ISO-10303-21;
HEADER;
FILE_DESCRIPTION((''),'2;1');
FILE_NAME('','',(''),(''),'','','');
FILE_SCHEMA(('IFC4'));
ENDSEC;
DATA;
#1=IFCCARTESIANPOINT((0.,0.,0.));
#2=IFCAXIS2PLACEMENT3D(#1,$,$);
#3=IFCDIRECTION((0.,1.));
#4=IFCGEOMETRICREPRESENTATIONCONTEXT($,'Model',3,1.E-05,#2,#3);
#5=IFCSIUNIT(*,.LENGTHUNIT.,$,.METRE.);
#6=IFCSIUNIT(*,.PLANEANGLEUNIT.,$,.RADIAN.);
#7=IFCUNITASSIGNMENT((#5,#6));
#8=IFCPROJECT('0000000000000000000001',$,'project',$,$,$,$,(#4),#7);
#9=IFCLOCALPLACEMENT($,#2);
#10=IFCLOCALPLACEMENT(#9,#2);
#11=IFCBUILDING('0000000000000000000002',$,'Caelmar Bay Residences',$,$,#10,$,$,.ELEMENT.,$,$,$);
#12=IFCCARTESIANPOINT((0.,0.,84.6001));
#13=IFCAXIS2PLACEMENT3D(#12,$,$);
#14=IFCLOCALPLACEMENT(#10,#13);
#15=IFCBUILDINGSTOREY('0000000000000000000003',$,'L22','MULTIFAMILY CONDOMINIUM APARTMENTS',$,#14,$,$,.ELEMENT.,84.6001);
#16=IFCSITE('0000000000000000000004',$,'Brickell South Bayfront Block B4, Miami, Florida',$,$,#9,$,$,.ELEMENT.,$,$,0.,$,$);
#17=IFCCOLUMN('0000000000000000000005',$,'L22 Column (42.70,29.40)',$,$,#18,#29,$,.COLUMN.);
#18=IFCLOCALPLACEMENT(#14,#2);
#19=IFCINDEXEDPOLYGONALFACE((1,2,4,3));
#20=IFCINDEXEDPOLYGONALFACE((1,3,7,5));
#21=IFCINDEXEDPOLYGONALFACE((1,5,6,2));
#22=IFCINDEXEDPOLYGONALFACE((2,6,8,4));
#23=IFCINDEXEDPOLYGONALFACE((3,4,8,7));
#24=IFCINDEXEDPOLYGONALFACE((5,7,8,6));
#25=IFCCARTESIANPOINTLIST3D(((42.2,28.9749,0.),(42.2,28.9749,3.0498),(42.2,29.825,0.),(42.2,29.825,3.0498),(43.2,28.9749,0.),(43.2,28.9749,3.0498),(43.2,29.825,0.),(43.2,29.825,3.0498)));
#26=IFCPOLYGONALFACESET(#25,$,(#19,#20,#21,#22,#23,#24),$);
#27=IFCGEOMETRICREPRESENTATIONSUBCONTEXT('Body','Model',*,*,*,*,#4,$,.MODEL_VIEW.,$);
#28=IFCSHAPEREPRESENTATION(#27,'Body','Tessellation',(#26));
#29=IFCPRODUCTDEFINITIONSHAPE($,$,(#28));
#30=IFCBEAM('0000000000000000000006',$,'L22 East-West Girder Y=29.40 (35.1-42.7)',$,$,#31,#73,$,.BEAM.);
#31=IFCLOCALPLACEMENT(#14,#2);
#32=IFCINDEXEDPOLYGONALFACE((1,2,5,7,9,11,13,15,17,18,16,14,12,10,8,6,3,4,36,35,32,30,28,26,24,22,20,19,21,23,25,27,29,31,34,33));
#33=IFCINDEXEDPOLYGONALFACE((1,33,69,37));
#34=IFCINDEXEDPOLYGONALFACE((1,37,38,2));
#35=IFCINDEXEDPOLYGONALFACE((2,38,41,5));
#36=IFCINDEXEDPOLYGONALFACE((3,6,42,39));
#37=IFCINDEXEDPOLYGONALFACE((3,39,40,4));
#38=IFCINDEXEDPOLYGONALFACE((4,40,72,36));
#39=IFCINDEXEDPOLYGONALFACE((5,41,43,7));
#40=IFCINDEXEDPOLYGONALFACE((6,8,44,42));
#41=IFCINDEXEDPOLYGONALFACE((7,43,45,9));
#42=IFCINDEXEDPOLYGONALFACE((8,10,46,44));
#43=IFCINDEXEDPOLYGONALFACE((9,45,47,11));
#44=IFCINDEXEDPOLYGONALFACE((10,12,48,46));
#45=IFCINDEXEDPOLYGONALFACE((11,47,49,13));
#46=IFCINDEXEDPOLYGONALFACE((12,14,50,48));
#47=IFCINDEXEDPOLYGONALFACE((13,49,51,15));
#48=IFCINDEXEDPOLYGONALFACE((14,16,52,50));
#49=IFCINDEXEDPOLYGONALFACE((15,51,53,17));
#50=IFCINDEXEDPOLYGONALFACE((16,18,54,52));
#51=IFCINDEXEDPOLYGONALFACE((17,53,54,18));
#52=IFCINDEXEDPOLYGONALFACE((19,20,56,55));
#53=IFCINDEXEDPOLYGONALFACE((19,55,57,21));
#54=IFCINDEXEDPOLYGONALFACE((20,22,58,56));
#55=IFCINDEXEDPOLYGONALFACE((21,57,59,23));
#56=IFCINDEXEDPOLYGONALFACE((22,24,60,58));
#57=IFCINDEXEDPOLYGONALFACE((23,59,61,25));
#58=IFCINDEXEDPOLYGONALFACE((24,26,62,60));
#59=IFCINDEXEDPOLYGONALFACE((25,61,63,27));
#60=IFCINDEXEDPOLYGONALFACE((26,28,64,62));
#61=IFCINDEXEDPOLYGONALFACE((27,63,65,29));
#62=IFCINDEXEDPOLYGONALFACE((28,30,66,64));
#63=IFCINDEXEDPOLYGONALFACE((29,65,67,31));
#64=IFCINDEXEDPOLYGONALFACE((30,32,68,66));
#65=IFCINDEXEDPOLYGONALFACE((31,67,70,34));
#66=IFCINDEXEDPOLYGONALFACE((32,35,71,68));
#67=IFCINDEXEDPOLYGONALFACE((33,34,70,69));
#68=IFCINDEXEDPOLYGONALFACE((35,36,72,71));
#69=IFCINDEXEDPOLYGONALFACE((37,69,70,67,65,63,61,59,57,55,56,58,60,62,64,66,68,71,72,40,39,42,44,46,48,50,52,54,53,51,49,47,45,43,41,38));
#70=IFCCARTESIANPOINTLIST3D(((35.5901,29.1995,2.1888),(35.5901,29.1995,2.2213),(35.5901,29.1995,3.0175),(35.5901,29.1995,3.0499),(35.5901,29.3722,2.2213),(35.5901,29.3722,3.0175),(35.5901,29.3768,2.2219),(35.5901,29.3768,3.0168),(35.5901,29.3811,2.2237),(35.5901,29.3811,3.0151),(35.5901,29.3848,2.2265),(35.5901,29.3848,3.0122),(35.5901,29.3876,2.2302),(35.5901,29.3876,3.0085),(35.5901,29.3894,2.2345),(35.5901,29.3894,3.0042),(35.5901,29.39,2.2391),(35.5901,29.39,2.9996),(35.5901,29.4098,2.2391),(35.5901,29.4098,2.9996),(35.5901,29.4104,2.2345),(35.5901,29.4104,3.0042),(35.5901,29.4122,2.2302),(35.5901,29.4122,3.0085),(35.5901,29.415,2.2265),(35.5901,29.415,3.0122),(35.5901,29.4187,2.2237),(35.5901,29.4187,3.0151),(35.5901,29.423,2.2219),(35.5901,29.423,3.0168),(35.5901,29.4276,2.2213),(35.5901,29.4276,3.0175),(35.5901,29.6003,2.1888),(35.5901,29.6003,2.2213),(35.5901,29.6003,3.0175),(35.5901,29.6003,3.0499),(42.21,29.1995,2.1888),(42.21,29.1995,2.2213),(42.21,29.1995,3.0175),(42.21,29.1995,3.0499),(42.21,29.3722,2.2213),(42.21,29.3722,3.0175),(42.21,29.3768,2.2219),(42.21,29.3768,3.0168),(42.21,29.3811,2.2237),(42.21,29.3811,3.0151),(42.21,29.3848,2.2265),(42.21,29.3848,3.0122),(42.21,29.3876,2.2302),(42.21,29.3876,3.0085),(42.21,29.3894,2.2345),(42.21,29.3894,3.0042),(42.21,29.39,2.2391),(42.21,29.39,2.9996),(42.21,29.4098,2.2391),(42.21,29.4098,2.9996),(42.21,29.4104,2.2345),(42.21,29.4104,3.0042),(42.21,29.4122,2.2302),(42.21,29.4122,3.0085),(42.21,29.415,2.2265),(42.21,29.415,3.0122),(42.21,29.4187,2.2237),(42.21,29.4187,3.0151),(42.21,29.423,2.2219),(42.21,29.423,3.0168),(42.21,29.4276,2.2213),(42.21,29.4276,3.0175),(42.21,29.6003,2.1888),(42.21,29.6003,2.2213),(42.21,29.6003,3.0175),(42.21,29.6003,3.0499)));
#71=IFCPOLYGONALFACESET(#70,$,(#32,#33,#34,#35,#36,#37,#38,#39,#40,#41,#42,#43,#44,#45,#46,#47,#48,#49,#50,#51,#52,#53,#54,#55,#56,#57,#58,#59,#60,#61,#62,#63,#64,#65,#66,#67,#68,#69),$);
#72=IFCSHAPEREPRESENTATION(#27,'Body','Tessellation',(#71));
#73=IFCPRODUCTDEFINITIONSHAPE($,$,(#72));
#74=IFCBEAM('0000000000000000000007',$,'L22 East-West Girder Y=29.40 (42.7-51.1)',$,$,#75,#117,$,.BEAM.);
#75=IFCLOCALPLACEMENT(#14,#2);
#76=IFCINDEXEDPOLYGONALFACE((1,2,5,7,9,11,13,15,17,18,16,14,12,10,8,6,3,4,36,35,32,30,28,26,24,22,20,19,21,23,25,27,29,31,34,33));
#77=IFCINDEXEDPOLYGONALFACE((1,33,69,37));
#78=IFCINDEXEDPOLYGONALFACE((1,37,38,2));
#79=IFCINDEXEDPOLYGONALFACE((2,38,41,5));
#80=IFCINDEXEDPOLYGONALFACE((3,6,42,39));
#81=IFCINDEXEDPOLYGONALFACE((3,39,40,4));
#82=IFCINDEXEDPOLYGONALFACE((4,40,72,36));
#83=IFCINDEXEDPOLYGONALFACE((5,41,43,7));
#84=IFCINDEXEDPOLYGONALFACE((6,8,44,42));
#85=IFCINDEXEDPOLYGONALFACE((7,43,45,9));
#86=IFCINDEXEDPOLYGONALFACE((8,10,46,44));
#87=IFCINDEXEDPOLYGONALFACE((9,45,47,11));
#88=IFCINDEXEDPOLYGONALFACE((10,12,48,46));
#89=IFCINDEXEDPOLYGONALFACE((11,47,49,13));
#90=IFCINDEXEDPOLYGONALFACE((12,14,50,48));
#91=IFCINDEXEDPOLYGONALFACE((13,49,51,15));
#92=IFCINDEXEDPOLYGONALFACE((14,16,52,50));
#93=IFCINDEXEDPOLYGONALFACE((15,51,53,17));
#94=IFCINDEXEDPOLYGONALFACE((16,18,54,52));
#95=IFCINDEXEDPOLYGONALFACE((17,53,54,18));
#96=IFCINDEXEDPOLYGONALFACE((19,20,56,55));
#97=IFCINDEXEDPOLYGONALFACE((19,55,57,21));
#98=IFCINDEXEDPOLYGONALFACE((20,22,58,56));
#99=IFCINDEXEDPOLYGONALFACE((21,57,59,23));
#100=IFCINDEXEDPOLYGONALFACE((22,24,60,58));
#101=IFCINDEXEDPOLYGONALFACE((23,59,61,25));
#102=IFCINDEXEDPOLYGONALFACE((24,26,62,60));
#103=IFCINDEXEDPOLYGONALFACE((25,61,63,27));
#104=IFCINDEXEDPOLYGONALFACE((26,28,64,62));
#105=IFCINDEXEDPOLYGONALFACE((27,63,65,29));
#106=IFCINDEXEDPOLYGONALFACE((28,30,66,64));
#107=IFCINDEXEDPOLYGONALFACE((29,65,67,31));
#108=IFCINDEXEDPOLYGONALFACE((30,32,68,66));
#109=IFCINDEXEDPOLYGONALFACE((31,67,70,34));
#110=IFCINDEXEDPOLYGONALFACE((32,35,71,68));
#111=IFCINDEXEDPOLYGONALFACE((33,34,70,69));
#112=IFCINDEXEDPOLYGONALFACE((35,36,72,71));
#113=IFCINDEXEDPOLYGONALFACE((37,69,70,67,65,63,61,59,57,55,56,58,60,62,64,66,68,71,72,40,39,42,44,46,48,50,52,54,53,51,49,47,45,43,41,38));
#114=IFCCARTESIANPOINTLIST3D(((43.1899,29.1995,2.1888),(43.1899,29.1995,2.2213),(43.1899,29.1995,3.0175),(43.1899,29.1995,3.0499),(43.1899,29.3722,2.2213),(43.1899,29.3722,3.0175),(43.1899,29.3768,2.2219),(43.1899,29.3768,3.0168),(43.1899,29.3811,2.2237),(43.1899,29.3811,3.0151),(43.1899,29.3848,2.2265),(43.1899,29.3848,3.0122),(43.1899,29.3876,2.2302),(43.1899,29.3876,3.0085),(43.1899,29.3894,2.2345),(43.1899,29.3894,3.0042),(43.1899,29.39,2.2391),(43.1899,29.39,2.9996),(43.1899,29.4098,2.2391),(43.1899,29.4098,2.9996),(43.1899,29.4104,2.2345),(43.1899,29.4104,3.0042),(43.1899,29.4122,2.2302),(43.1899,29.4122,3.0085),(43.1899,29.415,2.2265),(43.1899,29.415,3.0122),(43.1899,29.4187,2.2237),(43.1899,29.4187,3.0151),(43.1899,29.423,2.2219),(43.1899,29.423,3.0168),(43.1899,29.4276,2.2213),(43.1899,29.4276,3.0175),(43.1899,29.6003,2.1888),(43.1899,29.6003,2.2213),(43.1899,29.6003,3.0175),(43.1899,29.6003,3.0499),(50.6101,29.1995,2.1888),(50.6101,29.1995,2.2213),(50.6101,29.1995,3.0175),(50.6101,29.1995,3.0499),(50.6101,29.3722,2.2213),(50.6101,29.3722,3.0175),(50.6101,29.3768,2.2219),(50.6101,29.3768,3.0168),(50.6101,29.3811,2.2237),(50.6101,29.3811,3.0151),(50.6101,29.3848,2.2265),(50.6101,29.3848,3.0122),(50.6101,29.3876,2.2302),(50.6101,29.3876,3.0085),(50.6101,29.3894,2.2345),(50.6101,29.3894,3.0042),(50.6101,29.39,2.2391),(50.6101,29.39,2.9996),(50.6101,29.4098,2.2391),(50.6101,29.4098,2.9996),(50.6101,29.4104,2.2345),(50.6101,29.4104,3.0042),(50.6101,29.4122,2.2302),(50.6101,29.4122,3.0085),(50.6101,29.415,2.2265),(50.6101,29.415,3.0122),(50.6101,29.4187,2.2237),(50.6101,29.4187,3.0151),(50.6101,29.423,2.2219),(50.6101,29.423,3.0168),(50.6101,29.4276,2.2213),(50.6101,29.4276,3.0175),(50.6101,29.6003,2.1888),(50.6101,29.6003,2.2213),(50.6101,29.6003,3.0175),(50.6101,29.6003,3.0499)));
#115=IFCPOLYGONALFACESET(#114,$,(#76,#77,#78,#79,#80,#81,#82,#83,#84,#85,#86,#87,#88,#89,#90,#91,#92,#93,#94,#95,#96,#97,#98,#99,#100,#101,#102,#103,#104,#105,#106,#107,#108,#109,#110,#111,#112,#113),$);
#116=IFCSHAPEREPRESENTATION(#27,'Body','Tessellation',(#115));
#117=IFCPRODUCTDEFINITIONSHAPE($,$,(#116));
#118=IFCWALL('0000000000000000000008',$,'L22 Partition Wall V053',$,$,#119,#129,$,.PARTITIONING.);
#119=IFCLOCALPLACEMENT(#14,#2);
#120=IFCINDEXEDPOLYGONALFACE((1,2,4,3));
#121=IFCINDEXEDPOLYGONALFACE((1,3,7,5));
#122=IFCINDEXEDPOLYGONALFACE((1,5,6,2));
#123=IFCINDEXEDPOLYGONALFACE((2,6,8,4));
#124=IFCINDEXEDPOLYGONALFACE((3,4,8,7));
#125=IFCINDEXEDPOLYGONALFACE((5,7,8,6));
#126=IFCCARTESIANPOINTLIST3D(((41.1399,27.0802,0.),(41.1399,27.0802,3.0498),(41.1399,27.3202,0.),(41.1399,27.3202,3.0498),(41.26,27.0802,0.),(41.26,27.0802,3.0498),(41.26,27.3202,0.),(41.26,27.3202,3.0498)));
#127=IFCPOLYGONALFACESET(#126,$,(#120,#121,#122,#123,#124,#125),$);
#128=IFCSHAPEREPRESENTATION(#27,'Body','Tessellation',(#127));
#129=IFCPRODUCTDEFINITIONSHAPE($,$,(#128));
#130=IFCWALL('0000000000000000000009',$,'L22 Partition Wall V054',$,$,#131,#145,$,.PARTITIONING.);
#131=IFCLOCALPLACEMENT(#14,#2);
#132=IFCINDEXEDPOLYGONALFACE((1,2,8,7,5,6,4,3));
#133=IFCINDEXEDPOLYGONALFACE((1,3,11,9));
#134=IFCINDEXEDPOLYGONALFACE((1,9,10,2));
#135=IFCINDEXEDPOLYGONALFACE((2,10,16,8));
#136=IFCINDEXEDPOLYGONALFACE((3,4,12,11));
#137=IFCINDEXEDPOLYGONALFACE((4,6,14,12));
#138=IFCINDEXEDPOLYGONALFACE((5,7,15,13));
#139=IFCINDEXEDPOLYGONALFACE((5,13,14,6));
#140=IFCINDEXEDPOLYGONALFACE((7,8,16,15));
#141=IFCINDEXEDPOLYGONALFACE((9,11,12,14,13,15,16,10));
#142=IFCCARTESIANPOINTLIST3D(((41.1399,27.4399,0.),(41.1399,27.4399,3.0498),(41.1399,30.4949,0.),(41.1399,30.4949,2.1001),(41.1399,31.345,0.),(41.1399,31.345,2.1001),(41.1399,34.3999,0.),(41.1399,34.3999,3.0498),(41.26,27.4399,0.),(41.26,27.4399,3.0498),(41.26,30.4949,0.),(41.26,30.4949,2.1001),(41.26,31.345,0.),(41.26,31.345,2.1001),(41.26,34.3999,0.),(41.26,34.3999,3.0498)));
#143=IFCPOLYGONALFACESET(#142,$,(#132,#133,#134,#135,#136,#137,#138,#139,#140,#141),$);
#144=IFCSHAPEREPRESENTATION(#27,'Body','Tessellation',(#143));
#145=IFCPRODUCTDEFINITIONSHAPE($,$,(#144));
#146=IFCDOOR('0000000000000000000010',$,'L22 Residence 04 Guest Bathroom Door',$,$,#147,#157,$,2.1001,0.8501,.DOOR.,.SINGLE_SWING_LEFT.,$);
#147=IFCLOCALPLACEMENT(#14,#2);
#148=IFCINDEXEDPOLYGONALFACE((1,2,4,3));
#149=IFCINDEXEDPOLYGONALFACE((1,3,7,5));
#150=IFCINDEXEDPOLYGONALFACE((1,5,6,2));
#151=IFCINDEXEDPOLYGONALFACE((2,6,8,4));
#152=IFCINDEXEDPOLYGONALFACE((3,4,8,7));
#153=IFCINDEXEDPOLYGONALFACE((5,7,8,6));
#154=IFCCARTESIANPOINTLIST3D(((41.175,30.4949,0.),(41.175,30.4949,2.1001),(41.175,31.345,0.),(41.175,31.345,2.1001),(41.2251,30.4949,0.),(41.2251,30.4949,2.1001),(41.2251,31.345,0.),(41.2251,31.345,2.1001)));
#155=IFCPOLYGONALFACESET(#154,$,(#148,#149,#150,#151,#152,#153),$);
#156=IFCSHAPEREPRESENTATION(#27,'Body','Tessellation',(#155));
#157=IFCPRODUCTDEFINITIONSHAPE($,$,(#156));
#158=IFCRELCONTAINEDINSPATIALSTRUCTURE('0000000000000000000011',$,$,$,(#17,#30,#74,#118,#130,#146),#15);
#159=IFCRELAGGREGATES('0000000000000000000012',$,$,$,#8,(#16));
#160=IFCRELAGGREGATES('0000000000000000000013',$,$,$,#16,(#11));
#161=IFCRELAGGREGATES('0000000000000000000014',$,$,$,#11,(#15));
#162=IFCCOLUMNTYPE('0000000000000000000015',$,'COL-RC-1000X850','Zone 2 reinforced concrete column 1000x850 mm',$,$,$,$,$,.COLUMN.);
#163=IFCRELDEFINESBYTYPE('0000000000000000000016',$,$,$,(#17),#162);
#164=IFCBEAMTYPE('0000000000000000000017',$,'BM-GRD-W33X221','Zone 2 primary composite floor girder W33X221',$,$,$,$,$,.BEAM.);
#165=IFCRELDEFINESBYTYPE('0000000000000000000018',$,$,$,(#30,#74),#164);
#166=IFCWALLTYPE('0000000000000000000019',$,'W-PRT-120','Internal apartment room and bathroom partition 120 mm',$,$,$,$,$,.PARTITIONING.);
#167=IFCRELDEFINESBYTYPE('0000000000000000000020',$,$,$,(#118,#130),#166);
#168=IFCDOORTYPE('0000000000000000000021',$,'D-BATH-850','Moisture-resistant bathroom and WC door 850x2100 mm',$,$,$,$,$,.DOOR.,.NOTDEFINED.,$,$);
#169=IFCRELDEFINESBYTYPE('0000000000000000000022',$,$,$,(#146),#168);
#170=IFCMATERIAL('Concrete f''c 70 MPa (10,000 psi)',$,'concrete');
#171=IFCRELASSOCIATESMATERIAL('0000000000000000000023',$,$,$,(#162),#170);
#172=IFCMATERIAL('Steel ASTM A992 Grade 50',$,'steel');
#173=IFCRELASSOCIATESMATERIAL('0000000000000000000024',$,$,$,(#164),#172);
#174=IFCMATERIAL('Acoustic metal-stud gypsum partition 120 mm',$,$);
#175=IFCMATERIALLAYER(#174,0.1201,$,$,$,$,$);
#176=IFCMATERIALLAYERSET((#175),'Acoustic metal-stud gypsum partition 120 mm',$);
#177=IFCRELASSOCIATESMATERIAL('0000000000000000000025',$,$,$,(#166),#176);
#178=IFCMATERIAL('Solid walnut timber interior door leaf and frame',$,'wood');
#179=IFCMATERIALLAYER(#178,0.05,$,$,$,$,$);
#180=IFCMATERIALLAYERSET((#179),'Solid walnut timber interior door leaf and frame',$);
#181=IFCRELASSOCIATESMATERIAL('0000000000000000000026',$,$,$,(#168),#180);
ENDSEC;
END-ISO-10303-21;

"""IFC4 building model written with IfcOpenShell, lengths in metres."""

from ifc_helpers import new_model, si_unit, direction, frame, frame_2d, origin, origin_2d, place, context, subcontext, project, spatial, rectangle, i_section, extrude, material, layer, layer_set, material_profile, profile_set, type_object, element, fill, save


model = new_model("IFC4")

# Units and contexts
model_context = context("Model", 3, precision=1e-05, world=origin(), true_north=direction((0.0, 1.0)))
body_context = subcontext(model_context, "Body", "Model", "MODEL_VIEW")
ifc_project = project(units=[si_unit("LENGTHUNIT", "METRE"), si_unit("PLANEANGLEUNIT", "RADIAN")], contexts=[model_context])

# Site, building, storey
site_placement = place(None, origin())
site = spatial("IfcSite", under=ifc_project, at=site_placement, Name="Brickell South Bayfront Block B4, Miami, Florida", CompositionType="ELEMENT", RefElevation=0.0)
building_placement = place(site_placement, origin())
building = spatial("IfcBuilding", under=site, at=building_placement, Name="Caelmar Bay Residences", CompositionType="ELEMENT")
storey_placement = place(building_placement, frame((0.0, 0.0, 84.6001)))
storey = spatial("IfcBuildingStorey", under=building, at=storey_placement, Name="L22", Description="MULTIFAMILY CONDOMINIUM APARTMENTS", CompositionType="ELEMENT", Elevation=84.6001)

# Column
ifc_material_1 = material(Name="Concrete f'c 70 MPa (10,000 psi)", Category="concrete")
ifc_material_profile_1 = material_profile(ifc_material_1, rectangle(XDim=1.0, YDim=0.8501, at=origin_2d()), Name="RC-COL-1000X850")
ifc_profile_set_1 = profile_set([ifc_material_profile_1], Name="Concrete f'c 70 MPa (10,000 psi)")
column_type = type_object("IfcColumnType", Name="COL-RC-1000X850", Description="Zone 2 reinforced concrete column 1000x850 mm", PredefinedType="COLUMN", material=ifc_profile_set_1)
column_placement = place(storey_placement, frame((42.7, 29.3999, 0.0), z_axis=(0.0, 0.0, 1.0), x_axis=(1.0, 0.0, 0.0)))
element("IfcColumn", 1, at=column_placement, inside=storey, type_object=column_type, Name="L22 Column (42.70,29.40)", PredefinedType="COLUMN", context=body_context, shape_type="SweptSolid", body=[
    extrude(rectangle(XDim=1.0, YDim=0.8501, at=origin_2d()), origin(), (0.0, 0.0, 1.0), 3.0498),
])

# Beams
ifc_material_2 = material(Name="Steel ASTM A992 Grade 50", Category="steel")
ifc_material_profile_2 = material_profile(ifc_material_2, i_section(OverallWidth=0.4009, OverallDepth=0.8611, WebThickness=0.0198, FlangeThickness=0.0325, FilletRadius=0.0178, at=origin_2d()), Name="W33X221")
ifc_profile_set_2 = profile_set([ifc_material_profile_2], Name="Steel ASTM A992 Grade 50")
beam_type = type_object("IfcBeamType", Name="BM-GRD-W33X221", Description="Zone 2 primary composite floor girder W33X221", PredefinedType="BEAM", material=ifc_profile_set_2)
beam_1_placement = place(storey_placement, frame((35.5901, 29.3999, 2.6194), z_axis=(1.0, 0.0, 0.0), x_axis=(0.0, 1.0, 0.0)))
element("IfcBeam", 2, at=beam_1_placement, inside=storey, type_object=beam_type, Name="L22 East-West Girder Y=29.40 (35.1-42.7)", PredefinedType="BEAM", context=body_context, shape_type="SweptSolid", body=[
    extrude(i_section(OverallWidth=0.4009, OverallDepth=0.8611, WebThickness=0.0198, FlangeThickness=0.0325, FilletRadius=0.0178, at=origin_2d()), origin(), (0.0, 0.0, 1.0), 6.6199),
])
beam_2_placement = place(storey_placement, frame((43.1899, 29.3999, 2.6194), z_axis=(1.0, 0.0, 0.0), x_axis=(0.0, 1.0, 0.0)))
element("IfcBeam", 3, at=beam_2_placement, inside=storey, type_object=beam_type, Name="L22 East-West Girder Y=29.40 (42.7-51.1)", PredefinedType="BEAM", context=body_context, shape_type="SweptSolid", body=[
    extrude(i_section(OverallWidth=0.4009, OverallDepth=0.8611, WebThickness=0.0198, FlangeThickness=0.0325, FilletRadius=0.0178, at=origin_2d()), origin(), (0.0, 0.0, 1.0), 7.4202),
])

# Wall
ifc_material_3 = material(Name="Acoustic metal-stud gypsum partition 120 mm")
ifc_layer_1 = layer(ifc_material_3, 0.1201)
ifc_layer_set_1 = layer_set([ifc_layer_1], Name="Acoustic metal-stud gypsum partition 120 mm")
wall_type_1 = type_object("IfcWallType", Name="W-PRT-120", Description="Internal apartment room and bathroom partition 120 mm", PredefinedType="PARTITIONING", material=ifc_layer_set_1)
wall_1_placement = place(storey_placement, frame((41.2, 27.0801, 0.0), z_axis=(0.0, 0.0, 1.0), x_axis=(0.0, 1.0, 0.0)))
element("IfcWall", 4, at=wall_1_placement, inside=storey, type_object=wall_type_1, Name="L22 Partition Wall V053", PredefinedType="PARTITIONING", context=body_context, shape_type="SweptSolid", body=[
    extrude(rectangle(XDim=0.24, YDim=0.1201, at=frame_2d((0.1201, 0.0))), origin(), (0.0, 0.0, 1.0), 3.0498),
])

# Wall, opening, door
wall_2_placement = place(storey_placement, frame((41.2, 27.4399, 0.0), z_axis=(0.0, 0.0, 1.0), x_axis=(0.0, 1.0, 0.0)))
wall_2 = element("IfcWall", 5, at=wall_2_placement, inside=storey, type_object=wall_type_1, Name="L22 Partition Wall V054", PredefinedType="PARTITIONING", context=body_context, shape_type="SweptSolid", body=[
    extrude(rectangle(XDim=6.96, YDim=0.1201, at=frame_2d((3.48, 0.0))), origin(), (0.0, 0.0, 1.0), 3.0498),
])
opening_1_placement = place(wall_2_placement, frame((3.0549, 0.0, 0.0)))
opening_1 = element("IfcOpeningElement", 6, at=opening_1_placement, cuts=wall_2, PredefinedType="OPENING", context=body_context, shape_type="SweptSolid", body=[
    extrude(rectangle(XDim=0.8501, YDim=2.1001, at=frame_2d((0.425, 1.05))), frame((0.0, 0.0701, 0.0), z_axis=(0.0, -1.0, 0.0), x_axis=(1.0, 0.0, 0.0)), (0.0, 0.0, 1.0), 0.1401),
])
ifc_material_4 = material(Name="Solid walnut timber interior door leaf and frame", Category="wood")
ifc_layer_2 = layer(ifc_material_4, 0.05)
ifc_layer_set_2 = layer_set([ifc_layer_2], Name="Solid walnut timber interior door leaf and frame")
door_type_1 = type_object("IfcDoorType", Name="D-BATH-850", Description="Moisture-resistant bathroom and WC door 850x2100 mm", OperationType="NOTDEFINED", PredefinedType="DOOR", material=ifc_layer_set_2)
door_1_placement = place(opening_1_placement, origin())
door_1 = element("IfcDoor", 7, at=door_1_placement, inside=storey, type_object=door_type_1, Name="L22 Residence 04 Guest Bathroom Door", OperationType="SINGLE_SWING_LEFT", OverallHeight=2.1001, OverallWidth=0.8501, PredefinedType="DOOR", context=body_context, shape_type="SweptSolid", body=[
    extrude(rectangle(XDim=0.8501, YDim=2.1001, at=frame_2d((0.425, 1.05))), frame((0.0, 0.0249, 0.0), z_axis=(0.0, -1.0, 0.0), x_axis=(1.0, 0.0, 0.0)), (0.0, 0.0, 1.0), 0.05),
])
fill(opening_1, door_1)

save(model, "model.ifc")
